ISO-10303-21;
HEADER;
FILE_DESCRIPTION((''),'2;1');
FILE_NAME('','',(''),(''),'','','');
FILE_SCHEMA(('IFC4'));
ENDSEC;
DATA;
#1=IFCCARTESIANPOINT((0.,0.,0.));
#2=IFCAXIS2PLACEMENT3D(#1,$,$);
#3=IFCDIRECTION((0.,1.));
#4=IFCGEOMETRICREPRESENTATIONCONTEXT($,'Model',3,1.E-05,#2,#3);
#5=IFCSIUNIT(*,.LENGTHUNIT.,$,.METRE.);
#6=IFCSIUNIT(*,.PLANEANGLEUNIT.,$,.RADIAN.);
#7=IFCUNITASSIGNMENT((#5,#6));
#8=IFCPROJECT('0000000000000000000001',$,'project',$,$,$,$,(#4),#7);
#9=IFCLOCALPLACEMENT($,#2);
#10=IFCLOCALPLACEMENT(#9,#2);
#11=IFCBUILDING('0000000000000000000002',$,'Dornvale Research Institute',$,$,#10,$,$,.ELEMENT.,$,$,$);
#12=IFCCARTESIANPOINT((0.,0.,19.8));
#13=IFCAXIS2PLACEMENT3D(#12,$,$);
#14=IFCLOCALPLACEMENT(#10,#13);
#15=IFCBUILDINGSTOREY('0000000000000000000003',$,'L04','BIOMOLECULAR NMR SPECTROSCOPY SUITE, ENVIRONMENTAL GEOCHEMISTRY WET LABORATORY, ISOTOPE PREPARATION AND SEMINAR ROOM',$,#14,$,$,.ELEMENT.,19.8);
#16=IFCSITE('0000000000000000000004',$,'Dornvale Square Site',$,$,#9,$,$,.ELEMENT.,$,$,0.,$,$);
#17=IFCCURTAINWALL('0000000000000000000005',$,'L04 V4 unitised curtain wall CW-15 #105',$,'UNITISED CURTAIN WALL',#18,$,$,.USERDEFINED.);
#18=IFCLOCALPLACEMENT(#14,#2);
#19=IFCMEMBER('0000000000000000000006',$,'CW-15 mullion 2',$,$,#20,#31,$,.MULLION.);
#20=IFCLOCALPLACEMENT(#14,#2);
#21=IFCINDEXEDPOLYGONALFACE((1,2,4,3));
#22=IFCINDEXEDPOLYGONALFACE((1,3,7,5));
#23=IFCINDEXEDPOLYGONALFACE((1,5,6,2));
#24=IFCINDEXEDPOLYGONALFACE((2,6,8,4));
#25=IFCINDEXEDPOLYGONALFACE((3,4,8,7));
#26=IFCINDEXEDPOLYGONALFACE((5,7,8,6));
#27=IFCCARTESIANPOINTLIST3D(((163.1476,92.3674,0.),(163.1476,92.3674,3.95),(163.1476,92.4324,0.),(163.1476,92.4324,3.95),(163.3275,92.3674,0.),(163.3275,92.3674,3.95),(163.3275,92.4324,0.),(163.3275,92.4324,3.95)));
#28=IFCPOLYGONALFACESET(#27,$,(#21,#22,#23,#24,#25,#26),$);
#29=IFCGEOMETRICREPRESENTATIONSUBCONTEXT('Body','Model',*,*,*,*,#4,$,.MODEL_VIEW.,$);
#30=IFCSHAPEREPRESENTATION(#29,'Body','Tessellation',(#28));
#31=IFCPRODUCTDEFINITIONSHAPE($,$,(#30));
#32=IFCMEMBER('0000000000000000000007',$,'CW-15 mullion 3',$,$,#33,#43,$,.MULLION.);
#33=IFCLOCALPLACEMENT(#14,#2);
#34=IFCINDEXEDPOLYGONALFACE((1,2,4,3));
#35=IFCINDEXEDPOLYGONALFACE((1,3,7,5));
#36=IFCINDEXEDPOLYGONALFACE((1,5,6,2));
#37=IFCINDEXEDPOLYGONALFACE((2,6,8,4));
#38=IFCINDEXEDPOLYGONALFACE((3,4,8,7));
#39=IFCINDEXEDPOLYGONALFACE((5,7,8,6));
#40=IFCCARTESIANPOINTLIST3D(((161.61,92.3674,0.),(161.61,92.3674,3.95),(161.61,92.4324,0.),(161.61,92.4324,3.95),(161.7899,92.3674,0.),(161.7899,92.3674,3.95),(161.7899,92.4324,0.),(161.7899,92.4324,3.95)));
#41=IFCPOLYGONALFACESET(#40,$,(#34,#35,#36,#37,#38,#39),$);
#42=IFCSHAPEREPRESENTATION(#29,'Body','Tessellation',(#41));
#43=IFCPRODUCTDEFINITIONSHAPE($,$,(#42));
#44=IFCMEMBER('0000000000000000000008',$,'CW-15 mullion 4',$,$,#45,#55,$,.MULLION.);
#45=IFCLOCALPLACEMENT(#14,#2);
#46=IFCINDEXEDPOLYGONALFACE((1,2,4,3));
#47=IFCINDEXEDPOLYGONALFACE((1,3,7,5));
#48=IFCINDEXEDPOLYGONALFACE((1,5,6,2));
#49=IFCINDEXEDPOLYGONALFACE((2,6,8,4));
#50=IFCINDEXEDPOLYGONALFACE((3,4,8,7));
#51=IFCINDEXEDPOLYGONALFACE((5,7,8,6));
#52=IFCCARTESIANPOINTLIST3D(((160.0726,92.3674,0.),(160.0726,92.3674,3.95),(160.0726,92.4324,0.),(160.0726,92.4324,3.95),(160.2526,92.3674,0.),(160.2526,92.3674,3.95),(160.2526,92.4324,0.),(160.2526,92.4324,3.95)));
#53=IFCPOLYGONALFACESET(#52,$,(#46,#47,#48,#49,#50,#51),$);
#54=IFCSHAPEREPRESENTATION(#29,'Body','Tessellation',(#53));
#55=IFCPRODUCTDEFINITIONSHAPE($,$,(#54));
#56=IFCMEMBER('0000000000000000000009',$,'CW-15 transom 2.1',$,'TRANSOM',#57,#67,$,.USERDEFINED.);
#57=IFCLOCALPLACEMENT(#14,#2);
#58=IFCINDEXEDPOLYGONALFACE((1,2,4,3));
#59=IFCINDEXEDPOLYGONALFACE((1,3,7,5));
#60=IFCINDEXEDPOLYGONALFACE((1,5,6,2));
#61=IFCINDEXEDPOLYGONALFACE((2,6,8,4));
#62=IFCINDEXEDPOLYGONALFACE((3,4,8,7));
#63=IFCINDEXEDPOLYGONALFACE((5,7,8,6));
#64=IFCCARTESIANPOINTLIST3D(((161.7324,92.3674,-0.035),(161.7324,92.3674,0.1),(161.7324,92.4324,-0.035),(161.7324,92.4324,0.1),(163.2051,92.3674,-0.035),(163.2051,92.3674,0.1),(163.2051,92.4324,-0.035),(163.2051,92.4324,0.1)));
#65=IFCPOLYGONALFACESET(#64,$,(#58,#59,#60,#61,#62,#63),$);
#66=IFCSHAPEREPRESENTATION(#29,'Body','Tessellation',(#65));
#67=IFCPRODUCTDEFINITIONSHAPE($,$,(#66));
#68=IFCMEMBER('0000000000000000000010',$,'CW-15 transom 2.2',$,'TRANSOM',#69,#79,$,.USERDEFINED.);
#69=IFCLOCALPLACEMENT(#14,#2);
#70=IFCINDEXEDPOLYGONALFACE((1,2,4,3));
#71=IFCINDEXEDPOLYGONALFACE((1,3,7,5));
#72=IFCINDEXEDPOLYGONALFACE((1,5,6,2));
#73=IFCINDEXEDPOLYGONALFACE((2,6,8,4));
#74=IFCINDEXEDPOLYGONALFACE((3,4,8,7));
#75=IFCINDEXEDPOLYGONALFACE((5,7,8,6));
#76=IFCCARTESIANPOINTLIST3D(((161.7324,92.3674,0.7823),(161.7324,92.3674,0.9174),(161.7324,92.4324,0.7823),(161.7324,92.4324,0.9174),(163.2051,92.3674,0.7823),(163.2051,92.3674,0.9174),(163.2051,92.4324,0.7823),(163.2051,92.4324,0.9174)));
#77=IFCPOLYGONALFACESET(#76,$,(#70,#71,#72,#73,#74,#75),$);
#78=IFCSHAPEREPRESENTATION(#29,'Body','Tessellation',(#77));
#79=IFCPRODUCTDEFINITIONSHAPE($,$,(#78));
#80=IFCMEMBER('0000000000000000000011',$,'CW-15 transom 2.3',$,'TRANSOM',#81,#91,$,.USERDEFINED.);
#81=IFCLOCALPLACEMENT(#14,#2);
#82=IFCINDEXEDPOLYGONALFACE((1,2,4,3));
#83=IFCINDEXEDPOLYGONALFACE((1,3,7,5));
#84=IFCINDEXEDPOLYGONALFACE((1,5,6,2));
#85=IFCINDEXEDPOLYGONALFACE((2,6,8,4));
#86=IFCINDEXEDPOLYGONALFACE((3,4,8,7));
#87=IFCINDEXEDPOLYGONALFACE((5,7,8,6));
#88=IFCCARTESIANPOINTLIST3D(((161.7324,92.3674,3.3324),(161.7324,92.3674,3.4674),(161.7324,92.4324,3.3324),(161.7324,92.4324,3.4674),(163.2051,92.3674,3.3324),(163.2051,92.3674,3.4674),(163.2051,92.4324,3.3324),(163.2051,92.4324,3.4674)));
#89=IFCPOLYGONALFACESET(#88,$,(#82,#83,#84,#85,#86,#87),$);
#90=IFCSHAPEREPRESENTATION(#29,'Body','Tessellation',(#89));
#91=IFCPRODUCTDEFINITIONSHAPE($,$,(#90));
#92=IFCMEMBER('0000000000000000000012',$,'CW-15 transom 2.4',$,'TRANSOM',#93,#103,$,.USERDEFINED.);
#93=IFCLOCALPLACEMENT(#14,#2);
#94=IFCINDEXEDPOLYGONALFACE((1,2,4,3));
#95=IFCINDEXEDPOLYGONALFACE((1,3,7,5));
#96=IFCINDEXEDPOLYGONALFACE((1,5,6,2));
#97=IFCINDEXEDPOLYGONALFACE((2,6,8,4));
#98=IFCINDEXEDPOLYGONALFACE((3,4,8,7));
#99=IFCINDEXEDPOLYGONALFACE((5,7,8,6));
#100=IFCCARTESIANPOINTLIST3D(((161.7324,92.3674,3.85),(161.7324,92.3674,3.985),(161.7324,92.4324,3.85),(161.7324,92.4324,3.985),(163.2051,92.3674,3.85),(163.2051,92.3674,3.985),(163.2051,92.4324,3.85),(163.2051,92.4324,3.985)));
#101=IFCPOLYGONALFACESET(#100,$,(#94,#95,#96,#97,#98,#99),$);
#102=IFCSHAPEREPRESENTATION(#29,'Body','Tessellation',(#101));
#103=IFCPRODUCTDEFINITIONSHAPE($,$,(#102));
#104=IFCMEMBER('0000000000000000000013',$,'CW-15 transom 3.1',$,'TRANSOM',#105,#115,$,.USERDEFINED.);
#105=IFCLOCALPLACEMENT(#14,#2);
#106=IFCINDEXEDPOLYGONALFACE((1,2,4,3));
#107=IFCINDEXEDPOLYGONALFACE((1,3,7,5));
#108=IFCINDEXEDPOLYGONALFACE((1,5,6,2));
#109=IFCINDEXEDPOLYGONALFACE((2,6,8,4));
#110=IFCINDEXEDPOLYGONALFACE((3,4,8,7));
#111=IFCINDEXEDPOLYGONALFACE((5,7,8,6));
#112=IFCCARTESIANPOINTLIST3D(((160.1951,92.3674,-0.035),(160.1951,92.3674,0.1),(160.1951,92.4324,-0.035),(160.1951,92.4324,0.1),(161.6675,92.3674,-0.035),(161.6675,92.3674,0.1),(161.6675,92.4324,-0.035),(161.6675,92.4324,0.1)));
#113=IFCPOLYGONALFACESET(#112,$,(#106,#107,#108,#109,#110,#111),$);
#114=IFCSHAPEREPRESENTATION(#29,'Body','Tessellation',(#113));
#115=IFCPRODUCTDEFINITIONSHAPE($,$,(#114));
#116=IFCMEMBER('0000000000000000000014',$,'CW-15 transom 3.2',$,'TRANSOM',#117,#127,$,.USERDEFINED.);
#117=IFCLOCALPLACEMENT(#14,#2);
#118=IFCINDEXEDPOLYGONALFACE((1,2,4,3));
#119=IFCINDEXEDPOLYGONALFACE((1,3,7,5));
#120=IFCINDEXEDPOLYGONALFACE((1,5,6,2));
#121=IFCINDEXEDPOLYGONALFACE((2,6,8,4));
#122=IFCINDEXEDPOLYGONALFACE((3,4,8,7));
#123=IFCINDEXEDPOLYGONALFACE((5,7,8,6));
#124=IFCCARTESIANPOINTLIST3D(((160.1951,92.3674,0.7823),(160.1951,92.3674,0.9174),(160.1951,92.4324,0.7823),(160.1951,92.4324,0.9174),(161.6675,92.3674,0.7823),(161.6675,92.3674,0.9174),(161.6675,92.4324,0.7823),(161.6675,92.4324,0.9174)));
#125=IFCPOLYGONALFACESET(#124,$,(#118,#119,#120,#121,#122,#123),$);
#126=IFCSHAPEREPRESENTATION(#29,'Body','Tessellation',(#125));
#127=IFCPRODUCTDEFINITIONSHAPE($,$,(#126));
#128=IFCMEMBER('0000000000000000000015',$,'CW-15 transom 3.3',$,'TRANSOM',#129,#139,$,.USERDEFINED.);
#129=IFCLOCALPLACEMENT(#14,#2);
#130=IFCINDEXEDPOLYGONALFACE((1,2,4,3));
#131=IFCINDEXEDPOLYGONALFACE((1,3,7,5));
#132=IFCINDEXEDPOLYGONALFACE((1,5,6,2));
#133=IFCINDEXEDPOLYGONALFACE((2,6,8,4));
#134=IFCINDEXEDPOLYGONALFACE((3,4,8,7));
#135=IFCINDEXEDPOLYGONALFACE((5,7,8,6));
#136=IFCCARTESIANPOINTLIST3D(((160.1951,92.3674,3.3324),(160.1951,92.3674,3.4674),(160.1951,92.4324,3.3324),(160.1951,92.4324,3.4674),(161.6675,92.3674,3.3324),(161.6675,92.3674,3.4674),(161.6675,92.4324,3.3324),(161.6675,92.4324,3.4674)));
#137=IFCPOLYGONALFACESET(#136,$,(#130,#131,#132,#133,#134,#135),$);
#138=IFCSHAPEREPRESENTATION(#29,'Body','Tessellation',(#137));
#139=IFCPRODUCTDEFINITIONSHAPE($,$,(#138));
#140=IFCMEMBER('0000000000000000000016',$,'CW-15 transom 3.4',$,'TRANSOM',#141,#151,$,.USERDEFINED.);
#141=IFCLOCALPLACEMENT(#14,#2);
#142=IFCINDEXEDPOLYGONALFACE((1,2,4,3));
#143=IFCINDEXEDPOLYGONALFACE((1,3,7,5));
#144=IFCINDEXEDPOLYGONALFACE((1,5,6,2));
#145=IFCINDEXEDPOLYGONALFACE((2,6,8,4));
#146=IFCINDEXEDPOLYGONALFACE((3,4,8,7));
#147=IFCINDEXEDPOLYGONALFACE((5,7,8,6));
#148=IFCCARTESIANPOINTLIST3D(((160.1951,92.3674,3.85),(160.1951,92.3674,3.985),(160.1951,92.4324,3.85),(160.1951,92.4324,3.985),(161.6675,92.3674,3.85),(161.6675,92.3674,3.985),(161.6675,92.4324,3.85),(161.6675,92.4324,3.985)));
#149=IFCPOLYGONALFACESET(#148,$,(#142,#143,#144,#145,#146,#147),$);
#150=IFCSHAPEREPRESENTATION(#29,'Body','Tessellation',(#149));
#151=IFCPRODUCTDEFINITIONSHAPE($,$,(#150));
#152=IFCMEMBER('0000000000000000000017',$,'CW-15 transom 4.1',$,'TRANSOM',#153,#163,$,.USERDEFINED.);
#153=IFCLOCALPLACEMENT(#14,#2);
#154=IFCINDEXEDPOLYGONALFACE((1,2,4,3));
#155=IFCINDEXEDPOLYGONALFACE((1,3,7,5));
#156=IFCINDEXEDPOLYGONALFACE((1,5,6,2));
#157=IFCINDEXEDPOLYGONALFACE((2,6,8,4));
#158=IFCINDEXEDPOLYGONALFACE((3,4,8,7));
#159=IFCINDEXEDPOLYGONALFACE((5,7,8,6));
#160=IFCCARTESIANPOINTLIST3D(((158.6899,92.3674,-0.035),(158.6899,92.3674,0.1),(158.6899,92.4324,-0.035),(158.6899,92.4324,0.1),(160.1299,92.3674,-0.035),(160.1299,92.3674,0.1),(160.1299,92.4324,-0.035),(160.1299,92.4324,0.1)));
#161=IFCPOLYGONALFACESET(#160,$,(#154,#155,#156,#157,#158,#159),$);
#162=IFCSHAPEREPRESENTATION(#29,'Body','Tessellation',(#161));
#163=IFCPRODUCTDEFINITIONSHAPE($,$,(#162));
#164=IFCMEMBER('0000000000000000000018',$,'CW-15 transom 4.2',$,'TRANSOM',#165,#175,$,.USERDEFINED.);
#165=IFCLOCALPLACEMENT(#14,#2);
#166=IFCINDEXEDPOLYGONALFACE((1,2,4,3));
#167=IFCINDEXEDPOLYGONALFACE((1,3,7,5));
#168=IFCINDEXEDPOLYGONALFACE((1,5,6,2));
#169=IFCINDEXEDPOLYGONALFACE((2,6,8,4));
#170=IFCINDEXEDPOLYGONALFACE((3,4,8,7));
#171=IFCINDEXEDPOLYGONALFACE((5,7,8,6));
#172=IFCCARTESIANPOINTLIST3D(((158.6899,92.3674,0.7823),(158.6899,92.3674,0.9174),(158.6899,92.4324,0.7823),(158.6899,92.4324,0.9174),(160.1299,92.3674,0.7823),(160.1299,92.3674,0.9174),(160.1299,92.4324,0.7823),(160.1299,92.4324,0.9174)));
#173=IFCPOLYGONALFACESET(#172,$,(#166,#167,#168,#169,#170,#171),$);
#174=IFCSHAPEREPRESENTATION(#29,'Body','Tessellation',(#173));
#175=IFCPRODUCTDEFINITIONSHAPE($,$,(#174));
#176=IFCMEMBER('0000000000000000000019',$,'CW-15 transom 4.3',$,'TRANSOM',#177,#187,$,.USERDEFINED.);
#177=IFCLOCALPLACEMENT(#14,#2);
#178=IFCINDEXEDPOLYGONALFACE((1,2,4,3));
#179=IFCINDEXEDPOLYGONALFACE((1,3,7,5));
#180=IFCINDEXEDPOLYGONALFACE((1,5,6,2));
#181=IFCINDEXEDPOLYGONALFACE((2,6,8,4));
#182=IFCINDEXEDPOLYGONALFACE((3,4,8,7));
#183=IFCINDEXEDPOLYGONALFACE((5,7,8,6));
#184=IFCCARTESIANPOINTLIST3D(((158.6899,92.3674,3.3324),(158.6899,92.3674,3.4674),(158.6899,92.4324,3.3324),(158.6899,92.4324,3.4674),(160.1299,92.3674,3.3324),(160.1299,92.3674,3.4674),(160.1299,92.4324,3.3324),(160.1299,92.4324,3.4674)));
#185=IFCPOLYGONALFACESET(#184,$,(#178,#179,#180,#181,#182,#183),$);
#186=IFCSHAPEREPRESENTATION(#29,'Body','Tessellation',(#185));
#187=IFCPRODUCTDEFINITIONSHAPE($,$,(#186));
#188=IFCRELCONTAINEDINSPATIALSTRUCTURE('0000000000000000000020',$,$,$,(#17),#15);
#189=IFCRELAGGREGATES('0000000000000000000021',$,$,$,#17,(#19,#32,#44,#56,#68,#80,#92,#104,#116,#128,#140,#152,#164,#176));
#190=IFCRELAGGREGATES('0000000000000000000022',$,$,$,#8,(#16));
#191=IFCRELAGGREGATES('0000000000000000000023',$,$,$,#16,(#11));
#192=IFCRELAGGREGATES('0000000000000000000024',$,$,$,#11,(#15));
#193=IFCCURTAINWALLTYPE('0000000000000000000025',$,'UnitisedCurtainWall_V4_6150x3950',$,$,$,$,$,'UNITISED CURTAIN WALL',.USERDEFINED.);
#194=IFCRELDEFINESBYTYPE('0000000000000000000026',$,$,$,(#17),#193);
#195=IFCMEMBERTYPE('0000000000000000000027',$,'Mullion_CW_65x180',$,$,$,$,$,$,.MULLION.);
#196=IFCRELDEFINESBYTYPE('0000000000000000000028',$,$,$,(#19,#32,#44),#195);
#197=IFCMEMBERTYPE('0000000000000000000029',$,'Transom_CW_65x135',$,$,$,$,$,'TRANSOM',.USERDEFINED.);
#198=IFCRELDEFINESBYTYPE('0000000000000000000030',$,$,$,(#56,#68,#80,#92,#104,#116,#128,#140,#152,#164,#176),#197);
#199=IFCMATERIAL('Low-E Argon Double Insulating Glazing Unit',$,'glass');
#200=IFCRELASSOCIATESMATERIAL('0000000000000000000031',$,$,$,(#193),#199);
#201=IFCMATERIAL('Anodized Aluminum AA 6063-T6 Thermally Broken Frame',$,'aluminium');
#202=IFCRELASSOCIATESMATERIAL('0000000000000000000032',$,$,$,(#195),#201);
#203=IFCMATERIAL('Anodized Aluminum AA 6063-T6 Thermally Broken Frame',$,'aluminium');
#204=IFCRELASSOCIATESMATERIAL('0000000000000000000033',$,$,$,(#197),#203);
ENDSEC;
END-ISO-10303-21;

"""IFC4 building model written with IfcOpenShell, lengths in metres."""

from ifc_helpers import new_model, si_unit, direction, frame, origin, origin_2d, place, context, subcontext, project, spatial, rectangle, extrude, material, material_profile, profile_set, type_object, element, aggregate, save


model = new_model("IFC4")

# Units and contexts
model_context = context("Model", 3, precision=1e-05, world=origin(), true_north=direction((0.0, 1.0)))
body_context = subcontext(model_context, "Body", "Model", "MODEL_VIEW")
ifc_project = project(units=[si_unit("LENGTHUNIT", "METRE"), si_unit("PLANEANGLEUNIT", "RADIAN")], contexts=[model_context])

# Site, building, storey
site_placement = place(None, origin())
site = spatial("IfcSite", under=ifc_project, at=site_placement, Name="Dornvale Square Site", CompositionType="ELEMENT", RefElevation=0.0)
building_placement = place(site_placement, origin())
building = spatial("IfcBuilding", under=site, at=building_placement, Name="Dornvale Research Institute", CompositionType="ELEMENT")
storey_placement = place(building_placement, frame((0.0, 0.0, 19.8)))
storey = spatial("IfcBuildingStorey", under=building, at=storey_placement, Name="L04", Description="BIOMOLECULAR NMR SPECTROSCOPY SUITE, ENVIRONMENTAL GEOCHEMISTRY WET LABORATORY, ISOTOPE PREPARATION AND SEMINAR ROOM", CompositionType="ELEMENT", Elevation=19.8)

# Curtain wall, members
ifc_material_1 = material(Name="Low-E Argon Double Insulating Glazing Unit", Category="glass")
curtain_wall_type = type_object("IfcCurtainWallType", Name="UnitisedCurtainWall_V4_6150x3950", ElementType="UNITISED CURTAIN WALL", PredefinedType="USERDEFINED", material=ifc_material_1)
curtain_wall_placement = place(storey_placement, origin())
curtain_wall = element("IfcCurtainWall", 1, at=curtain_wall_placement, inside=storey, type_object=curtain_wall_type, Name="L04 V4 unitised curtain wall CW-15 #105", ObjectType="UNITISED CURTAIN WALL", PredefinedType="USERDEFINED")
ifc_material_2 = material(Name="Anodized Aluminum AA 6063-T6 Thermally Broken Frame", Category="aluminium")
ifc_material_profile_1 = material_profile(ifc_material_2, rectangle(XDim=0.0649, YDim=0.1799, at=origin_2d()), Name="ALU MULLION 65x180")
ifc_profile_set_1 = profile_set([ifc_material_profile_1], Name="Anodized Aluminum AA 6063-T6 Thermally Broken Frame")
member_type_1 = type_object("IfcMemberType", Name="Mullion_CW_65x180", PredefinedType="MULLION", material=ifc_profile_set_1)
member_1_placement = place(storey_placement, frame((163.2375, 92.3999, 0.0), z_axis=(0.0, 0.0, 1.0), x_axis=(0.0, -1.0, 0.0)))
member_1 = element("IfcMember", 2, at=member_1_placement, type_object=member_type_1, Name="CW-15 mullion 2", PredefinedType="MULLION", context=body_context, shape_type="SweptSolid", body=[
    extrude(rectangle(XDim=0.0649, YDim=0.1799, at=origin_2d()), origin(), (0.0, 0.0, 1.0), 3.95),
])
member_2_placement = place(storey_placement, frame((161.7, 92.3999, 0.0), z_axis=(0.0, 0.0, 1.0), x_axis=(0.0, -1.0, 0.0)))
member_2 = element("IfcMember", 3, at=member_2_placement, type_object=member_type_1, Name="CW-15 mullion 3", PredefinedType="MULLION", context=body_context, shape_type="SweptSolid", body=[
    extrude(rectangle(XDim=0.0649, YDim=0.1799, at=origin_2d()), origin(), (0.0, 0.0, 1.0), 3.95),
])
member_3_placement = place(storey_placement, frame((160.1626, 92.3999, 0.0), z_axis=(0.0, 0.0, 1.0), x_axis=(0.0, -1.0, 0.0)))
member_3 = element("IfcMember", 4, at=member_3_placement, type_object=member_type_1, Name="CW-15 mullion 4", PredefinedType="MULLION", context=body_context, shape_type="SweptSolid", body=[
    extrude(rectangle(XDim=0.0649, YDim=0.1799, at=origin_2d()), origin(), (0.0, 0.0, 1.0), 3.95),
])
ifc_material_3 = material(Name="Anodized Aluminum AA 6063-T6 Thermally Broken Frame", Category="aluminium")
ifc_material_profile_2 = material_profile(ifc_material_3, rectangle(XDim=0.0649, YDim=0.135, at=origin_2d()), Name="ALU TRANSOM 65x135")
ifc_profile_set_2 = profile_set([ifc_material_profile_2], Name="Anodized Aluminum AA 6063-T6 Thermally Broken Frame")
member_type_2 = type_object("IfcMemberType", Name="Transom_CW_65x135", ElementType="TRANSOM", PredefinedType="USERDEFINED", material=ifc_profile_set_2)
member_4_placement = place(storey_placement, frame((163.2051, 92.3999, 0.0325), z_axis=(-1.0, 0.0, 0.0), x_axis=(0.0, -1.0, 0.0)))
member_4 = element("IfcMember", 5, at=member_4_placement, type_object=member_type_2, Name="CW-15 transom 2.1", ObjectType="TRANSOM", PredefinedType="USERDEFINED", context=body_context, shape_type="SweptSolid", body=[
    extrude(rectangle(XDim=0.0649, YDim=0.135, at=origin_2d()), origin(), (0.0, 0.0, 1.0), 1.4727),
])
member_5_placement = place(storey_placement, frame((163.2051, 92.3999, 0.8499), z_axis=(-1.0, 0.0, 0.0), x_axis=(0.0, -1.0, 0.0)))
member_5 = element("IfcMember", 6, at=member_5_placement, type_object=member_type_2, Name="CW-15 transom 2.2", ObjectType="TRANSOM", PredefinedType="USERDEFINED", context=body_context, shape_type="SweptSolid", body=[
    extrude(rectangle(XDim=0.0649, YDim=0.135, at=origin_2d()), origin(), (0.0, 0.0, 1.0), 1.4727),
])
member_6_placement = place(storey_placement, frame((163.2051, 92.3999, 3.3999), z_axis=(-1.0, 0.0, 0.0), x_axis=(0.0, -1.0, 0.0)))
member_6 = element("IfcMember", 7, at=member_6_placement, type_object=member_type_2, Name="CW-15 transom 2.3", ObjectType="TRANSOM", PredefinedType="USERDEFINED", context=body_context, shape_type="SweptSolid", body=[
    extrude(rectangle(XDim=0.0649, YDim=0.135, at=origin_2d()), origin(), (0.0, 0.0, 1.0), 1.4727),
])
member_7_placement = place(storey_placement, frame((163.2051, 92.3999, 3.9175), z_axis=(-1.0, 0.0, 0.0), x_axis=(0.0, -1.0, 0.0)))
member_7 = element("IfcMember", 8, at=member_7_placement, type_object=member_type_2, Name="CW-15 transom 2.4", ObjectType="TRANSOM", PredefinedType="USERDEFINED", context=body_context, shape_type="SweptSolid", body=[
    extrude(rectangle(XDim=0.0649, YDim=0.135, at=origin_2d()), origin(), (0.0, 0.0, 1.0), 1.4727),
])
member_8_placement = place(storey_placement, frame((161.6675, 92.3999, 0.0325), z_axis=(-1.0, 0.0, 0.0), x_axis=(0.0, -1.0, 0.0)))
member_8 = element("IfcMember", 9, at=member_8_placement, type_object=member_type_2, Name="CW-15 transom 3.1", ObjectType="TRANSOM", PredefinedType="USERDEFINED", context=body_context, shape_type="SweptSolid", body=[
    extrude(rectangle(XDim=0.0649, YDim=0.135, at=origin_2d()), origin(), (0.0, 0.0, 1.0), 1.4724),
])
member_9_placement = place(storey_placement, frame((161.6675, 92.3999, 0.8499), z_axis=(-1.0, 0.0, 0.0), x_axis=(0.0, -1.0, 0.0)))
member_9 = element("IfcMember", 10, at=member_9_placement, type_object=member_type_2, Name="CW-15 transom 3.2", ObjectType="TRANSOM", PredefinedType="USERDEFINED", context=body_context, shape_type="SweptSolid", body=[
    extrude(rectangle(XDim=0.0649, YDim=0.135, at=origin_2d()), origin(), (0.0, 0.0, 1.0), 1.4724),
])
member_10_placement = place(storey_placement, frame((161.6675, 92.3999, 3.3999), z_axis=(-1.0, 0.0, 0.0), x_axis=(0.0, -1.0, 0.0)))
member_10 = element("IfcMember", 11, at=member_10_placement, type_object=member_type_2, Name="CW-15 transom 3.3", ObjectType="TRANSOM", PredefinedType="USERDEFINED", context=body_context, shape_type="SweptSolid", body=[
    extrude(rectangle(XDim=0.0649, YDim=0.135, at=origin_2d()), origin(), (0.0, 0.0, 1.0), 1.4724),
])
member_11_placement = place(storey_placement, frame((161.6675, 92.3999, 3.9175), z_axis=(-1.0, 0.0, 0.0), x_axis=(0.0, -1.0, 0.0)))
member_11 = element("IfcMember", 12, at=member_11_placement, type_object=member_type_2, Name="CW-15 transom 3.4", ObjectType="TRANSOM", PredefinedType="USERDEFINED", context=body_context, shape_type="SweptSolid", body=[
    extrude(rectangle(XDim=0.0649, YDim=0.135, at=origin_2d()), origin(), (0.0, 0.0, 1.0), 1.4724),
])
member_12_placement = place(storey_placement, frame((160.1299, 92.3999, 0.0325), z_axis=(-1.0, 0.0, 0.0), x_axis=(0.0, -1.0, 0.0)))
member_12 = element("IfcMember", 13, at=member_12_placement, type_object=member_type_2, Name="CW-15 transom 4.1", ObjectType="TRANSOM", PredefinedType="USERDEFINED", context=body_context, shape_type="SweptSolid", body=[
    extrude(rectangle(XDim=0.0649, YDim=0.135, at=origin_2d()), origin(), (0.0, 0.0, 1.0), 1.4399),
])
member_13_placement = place(storey_placement, frame((160.1299, 92.3999, 0.8499), z_axis=(-1.0, 0.0, 0.0), x_axis=(0.0, -1.0, 0.0)))
member_13 = element("IfcMember", 14, at=member_13_placement, type_object=member_type_2, Name="CW-15 transom 4.2", ObjectType="TRANSOM", PredefinedType="USERDEFINED", context=body_context, shape_type="SweptSolid", body=[
    extrude(rectangle(XDim=0.0649, YDim=0.135, at=origin_2d()), origin(), (0.0, 0.0, 1.0), 1.4399),
])
member_14_placement = place(storey_placement, frame((160.1299, 92.3999, 3.3999), z_axis=(-1.0, 0.0, 0.0), x_axis=(0.0, -1.0, 0.0)))
member_14 = element("IfcMember", 15, at=member_14_placement, type_object=member_type_2, Name="CW-15 transom 4.3", ObjectType="TRANSOM", PredefinedType="USERDEFINED", context=body_context, shape_type="SweptSolid", body=[
    extrude(rectangle(XDim=0.0649, YDim=0.135, at=origin_2d()), origin(), (0.0, 0.0, 1.0), 1.4399),
])
aggregate(curtain_wall, [member_1, member_2, member_3, member_4, member_5, member_6, member_7, member_8, member_9, member_10, member_11, member_12, member_13, member_14])

save(model, "model.ifc")
